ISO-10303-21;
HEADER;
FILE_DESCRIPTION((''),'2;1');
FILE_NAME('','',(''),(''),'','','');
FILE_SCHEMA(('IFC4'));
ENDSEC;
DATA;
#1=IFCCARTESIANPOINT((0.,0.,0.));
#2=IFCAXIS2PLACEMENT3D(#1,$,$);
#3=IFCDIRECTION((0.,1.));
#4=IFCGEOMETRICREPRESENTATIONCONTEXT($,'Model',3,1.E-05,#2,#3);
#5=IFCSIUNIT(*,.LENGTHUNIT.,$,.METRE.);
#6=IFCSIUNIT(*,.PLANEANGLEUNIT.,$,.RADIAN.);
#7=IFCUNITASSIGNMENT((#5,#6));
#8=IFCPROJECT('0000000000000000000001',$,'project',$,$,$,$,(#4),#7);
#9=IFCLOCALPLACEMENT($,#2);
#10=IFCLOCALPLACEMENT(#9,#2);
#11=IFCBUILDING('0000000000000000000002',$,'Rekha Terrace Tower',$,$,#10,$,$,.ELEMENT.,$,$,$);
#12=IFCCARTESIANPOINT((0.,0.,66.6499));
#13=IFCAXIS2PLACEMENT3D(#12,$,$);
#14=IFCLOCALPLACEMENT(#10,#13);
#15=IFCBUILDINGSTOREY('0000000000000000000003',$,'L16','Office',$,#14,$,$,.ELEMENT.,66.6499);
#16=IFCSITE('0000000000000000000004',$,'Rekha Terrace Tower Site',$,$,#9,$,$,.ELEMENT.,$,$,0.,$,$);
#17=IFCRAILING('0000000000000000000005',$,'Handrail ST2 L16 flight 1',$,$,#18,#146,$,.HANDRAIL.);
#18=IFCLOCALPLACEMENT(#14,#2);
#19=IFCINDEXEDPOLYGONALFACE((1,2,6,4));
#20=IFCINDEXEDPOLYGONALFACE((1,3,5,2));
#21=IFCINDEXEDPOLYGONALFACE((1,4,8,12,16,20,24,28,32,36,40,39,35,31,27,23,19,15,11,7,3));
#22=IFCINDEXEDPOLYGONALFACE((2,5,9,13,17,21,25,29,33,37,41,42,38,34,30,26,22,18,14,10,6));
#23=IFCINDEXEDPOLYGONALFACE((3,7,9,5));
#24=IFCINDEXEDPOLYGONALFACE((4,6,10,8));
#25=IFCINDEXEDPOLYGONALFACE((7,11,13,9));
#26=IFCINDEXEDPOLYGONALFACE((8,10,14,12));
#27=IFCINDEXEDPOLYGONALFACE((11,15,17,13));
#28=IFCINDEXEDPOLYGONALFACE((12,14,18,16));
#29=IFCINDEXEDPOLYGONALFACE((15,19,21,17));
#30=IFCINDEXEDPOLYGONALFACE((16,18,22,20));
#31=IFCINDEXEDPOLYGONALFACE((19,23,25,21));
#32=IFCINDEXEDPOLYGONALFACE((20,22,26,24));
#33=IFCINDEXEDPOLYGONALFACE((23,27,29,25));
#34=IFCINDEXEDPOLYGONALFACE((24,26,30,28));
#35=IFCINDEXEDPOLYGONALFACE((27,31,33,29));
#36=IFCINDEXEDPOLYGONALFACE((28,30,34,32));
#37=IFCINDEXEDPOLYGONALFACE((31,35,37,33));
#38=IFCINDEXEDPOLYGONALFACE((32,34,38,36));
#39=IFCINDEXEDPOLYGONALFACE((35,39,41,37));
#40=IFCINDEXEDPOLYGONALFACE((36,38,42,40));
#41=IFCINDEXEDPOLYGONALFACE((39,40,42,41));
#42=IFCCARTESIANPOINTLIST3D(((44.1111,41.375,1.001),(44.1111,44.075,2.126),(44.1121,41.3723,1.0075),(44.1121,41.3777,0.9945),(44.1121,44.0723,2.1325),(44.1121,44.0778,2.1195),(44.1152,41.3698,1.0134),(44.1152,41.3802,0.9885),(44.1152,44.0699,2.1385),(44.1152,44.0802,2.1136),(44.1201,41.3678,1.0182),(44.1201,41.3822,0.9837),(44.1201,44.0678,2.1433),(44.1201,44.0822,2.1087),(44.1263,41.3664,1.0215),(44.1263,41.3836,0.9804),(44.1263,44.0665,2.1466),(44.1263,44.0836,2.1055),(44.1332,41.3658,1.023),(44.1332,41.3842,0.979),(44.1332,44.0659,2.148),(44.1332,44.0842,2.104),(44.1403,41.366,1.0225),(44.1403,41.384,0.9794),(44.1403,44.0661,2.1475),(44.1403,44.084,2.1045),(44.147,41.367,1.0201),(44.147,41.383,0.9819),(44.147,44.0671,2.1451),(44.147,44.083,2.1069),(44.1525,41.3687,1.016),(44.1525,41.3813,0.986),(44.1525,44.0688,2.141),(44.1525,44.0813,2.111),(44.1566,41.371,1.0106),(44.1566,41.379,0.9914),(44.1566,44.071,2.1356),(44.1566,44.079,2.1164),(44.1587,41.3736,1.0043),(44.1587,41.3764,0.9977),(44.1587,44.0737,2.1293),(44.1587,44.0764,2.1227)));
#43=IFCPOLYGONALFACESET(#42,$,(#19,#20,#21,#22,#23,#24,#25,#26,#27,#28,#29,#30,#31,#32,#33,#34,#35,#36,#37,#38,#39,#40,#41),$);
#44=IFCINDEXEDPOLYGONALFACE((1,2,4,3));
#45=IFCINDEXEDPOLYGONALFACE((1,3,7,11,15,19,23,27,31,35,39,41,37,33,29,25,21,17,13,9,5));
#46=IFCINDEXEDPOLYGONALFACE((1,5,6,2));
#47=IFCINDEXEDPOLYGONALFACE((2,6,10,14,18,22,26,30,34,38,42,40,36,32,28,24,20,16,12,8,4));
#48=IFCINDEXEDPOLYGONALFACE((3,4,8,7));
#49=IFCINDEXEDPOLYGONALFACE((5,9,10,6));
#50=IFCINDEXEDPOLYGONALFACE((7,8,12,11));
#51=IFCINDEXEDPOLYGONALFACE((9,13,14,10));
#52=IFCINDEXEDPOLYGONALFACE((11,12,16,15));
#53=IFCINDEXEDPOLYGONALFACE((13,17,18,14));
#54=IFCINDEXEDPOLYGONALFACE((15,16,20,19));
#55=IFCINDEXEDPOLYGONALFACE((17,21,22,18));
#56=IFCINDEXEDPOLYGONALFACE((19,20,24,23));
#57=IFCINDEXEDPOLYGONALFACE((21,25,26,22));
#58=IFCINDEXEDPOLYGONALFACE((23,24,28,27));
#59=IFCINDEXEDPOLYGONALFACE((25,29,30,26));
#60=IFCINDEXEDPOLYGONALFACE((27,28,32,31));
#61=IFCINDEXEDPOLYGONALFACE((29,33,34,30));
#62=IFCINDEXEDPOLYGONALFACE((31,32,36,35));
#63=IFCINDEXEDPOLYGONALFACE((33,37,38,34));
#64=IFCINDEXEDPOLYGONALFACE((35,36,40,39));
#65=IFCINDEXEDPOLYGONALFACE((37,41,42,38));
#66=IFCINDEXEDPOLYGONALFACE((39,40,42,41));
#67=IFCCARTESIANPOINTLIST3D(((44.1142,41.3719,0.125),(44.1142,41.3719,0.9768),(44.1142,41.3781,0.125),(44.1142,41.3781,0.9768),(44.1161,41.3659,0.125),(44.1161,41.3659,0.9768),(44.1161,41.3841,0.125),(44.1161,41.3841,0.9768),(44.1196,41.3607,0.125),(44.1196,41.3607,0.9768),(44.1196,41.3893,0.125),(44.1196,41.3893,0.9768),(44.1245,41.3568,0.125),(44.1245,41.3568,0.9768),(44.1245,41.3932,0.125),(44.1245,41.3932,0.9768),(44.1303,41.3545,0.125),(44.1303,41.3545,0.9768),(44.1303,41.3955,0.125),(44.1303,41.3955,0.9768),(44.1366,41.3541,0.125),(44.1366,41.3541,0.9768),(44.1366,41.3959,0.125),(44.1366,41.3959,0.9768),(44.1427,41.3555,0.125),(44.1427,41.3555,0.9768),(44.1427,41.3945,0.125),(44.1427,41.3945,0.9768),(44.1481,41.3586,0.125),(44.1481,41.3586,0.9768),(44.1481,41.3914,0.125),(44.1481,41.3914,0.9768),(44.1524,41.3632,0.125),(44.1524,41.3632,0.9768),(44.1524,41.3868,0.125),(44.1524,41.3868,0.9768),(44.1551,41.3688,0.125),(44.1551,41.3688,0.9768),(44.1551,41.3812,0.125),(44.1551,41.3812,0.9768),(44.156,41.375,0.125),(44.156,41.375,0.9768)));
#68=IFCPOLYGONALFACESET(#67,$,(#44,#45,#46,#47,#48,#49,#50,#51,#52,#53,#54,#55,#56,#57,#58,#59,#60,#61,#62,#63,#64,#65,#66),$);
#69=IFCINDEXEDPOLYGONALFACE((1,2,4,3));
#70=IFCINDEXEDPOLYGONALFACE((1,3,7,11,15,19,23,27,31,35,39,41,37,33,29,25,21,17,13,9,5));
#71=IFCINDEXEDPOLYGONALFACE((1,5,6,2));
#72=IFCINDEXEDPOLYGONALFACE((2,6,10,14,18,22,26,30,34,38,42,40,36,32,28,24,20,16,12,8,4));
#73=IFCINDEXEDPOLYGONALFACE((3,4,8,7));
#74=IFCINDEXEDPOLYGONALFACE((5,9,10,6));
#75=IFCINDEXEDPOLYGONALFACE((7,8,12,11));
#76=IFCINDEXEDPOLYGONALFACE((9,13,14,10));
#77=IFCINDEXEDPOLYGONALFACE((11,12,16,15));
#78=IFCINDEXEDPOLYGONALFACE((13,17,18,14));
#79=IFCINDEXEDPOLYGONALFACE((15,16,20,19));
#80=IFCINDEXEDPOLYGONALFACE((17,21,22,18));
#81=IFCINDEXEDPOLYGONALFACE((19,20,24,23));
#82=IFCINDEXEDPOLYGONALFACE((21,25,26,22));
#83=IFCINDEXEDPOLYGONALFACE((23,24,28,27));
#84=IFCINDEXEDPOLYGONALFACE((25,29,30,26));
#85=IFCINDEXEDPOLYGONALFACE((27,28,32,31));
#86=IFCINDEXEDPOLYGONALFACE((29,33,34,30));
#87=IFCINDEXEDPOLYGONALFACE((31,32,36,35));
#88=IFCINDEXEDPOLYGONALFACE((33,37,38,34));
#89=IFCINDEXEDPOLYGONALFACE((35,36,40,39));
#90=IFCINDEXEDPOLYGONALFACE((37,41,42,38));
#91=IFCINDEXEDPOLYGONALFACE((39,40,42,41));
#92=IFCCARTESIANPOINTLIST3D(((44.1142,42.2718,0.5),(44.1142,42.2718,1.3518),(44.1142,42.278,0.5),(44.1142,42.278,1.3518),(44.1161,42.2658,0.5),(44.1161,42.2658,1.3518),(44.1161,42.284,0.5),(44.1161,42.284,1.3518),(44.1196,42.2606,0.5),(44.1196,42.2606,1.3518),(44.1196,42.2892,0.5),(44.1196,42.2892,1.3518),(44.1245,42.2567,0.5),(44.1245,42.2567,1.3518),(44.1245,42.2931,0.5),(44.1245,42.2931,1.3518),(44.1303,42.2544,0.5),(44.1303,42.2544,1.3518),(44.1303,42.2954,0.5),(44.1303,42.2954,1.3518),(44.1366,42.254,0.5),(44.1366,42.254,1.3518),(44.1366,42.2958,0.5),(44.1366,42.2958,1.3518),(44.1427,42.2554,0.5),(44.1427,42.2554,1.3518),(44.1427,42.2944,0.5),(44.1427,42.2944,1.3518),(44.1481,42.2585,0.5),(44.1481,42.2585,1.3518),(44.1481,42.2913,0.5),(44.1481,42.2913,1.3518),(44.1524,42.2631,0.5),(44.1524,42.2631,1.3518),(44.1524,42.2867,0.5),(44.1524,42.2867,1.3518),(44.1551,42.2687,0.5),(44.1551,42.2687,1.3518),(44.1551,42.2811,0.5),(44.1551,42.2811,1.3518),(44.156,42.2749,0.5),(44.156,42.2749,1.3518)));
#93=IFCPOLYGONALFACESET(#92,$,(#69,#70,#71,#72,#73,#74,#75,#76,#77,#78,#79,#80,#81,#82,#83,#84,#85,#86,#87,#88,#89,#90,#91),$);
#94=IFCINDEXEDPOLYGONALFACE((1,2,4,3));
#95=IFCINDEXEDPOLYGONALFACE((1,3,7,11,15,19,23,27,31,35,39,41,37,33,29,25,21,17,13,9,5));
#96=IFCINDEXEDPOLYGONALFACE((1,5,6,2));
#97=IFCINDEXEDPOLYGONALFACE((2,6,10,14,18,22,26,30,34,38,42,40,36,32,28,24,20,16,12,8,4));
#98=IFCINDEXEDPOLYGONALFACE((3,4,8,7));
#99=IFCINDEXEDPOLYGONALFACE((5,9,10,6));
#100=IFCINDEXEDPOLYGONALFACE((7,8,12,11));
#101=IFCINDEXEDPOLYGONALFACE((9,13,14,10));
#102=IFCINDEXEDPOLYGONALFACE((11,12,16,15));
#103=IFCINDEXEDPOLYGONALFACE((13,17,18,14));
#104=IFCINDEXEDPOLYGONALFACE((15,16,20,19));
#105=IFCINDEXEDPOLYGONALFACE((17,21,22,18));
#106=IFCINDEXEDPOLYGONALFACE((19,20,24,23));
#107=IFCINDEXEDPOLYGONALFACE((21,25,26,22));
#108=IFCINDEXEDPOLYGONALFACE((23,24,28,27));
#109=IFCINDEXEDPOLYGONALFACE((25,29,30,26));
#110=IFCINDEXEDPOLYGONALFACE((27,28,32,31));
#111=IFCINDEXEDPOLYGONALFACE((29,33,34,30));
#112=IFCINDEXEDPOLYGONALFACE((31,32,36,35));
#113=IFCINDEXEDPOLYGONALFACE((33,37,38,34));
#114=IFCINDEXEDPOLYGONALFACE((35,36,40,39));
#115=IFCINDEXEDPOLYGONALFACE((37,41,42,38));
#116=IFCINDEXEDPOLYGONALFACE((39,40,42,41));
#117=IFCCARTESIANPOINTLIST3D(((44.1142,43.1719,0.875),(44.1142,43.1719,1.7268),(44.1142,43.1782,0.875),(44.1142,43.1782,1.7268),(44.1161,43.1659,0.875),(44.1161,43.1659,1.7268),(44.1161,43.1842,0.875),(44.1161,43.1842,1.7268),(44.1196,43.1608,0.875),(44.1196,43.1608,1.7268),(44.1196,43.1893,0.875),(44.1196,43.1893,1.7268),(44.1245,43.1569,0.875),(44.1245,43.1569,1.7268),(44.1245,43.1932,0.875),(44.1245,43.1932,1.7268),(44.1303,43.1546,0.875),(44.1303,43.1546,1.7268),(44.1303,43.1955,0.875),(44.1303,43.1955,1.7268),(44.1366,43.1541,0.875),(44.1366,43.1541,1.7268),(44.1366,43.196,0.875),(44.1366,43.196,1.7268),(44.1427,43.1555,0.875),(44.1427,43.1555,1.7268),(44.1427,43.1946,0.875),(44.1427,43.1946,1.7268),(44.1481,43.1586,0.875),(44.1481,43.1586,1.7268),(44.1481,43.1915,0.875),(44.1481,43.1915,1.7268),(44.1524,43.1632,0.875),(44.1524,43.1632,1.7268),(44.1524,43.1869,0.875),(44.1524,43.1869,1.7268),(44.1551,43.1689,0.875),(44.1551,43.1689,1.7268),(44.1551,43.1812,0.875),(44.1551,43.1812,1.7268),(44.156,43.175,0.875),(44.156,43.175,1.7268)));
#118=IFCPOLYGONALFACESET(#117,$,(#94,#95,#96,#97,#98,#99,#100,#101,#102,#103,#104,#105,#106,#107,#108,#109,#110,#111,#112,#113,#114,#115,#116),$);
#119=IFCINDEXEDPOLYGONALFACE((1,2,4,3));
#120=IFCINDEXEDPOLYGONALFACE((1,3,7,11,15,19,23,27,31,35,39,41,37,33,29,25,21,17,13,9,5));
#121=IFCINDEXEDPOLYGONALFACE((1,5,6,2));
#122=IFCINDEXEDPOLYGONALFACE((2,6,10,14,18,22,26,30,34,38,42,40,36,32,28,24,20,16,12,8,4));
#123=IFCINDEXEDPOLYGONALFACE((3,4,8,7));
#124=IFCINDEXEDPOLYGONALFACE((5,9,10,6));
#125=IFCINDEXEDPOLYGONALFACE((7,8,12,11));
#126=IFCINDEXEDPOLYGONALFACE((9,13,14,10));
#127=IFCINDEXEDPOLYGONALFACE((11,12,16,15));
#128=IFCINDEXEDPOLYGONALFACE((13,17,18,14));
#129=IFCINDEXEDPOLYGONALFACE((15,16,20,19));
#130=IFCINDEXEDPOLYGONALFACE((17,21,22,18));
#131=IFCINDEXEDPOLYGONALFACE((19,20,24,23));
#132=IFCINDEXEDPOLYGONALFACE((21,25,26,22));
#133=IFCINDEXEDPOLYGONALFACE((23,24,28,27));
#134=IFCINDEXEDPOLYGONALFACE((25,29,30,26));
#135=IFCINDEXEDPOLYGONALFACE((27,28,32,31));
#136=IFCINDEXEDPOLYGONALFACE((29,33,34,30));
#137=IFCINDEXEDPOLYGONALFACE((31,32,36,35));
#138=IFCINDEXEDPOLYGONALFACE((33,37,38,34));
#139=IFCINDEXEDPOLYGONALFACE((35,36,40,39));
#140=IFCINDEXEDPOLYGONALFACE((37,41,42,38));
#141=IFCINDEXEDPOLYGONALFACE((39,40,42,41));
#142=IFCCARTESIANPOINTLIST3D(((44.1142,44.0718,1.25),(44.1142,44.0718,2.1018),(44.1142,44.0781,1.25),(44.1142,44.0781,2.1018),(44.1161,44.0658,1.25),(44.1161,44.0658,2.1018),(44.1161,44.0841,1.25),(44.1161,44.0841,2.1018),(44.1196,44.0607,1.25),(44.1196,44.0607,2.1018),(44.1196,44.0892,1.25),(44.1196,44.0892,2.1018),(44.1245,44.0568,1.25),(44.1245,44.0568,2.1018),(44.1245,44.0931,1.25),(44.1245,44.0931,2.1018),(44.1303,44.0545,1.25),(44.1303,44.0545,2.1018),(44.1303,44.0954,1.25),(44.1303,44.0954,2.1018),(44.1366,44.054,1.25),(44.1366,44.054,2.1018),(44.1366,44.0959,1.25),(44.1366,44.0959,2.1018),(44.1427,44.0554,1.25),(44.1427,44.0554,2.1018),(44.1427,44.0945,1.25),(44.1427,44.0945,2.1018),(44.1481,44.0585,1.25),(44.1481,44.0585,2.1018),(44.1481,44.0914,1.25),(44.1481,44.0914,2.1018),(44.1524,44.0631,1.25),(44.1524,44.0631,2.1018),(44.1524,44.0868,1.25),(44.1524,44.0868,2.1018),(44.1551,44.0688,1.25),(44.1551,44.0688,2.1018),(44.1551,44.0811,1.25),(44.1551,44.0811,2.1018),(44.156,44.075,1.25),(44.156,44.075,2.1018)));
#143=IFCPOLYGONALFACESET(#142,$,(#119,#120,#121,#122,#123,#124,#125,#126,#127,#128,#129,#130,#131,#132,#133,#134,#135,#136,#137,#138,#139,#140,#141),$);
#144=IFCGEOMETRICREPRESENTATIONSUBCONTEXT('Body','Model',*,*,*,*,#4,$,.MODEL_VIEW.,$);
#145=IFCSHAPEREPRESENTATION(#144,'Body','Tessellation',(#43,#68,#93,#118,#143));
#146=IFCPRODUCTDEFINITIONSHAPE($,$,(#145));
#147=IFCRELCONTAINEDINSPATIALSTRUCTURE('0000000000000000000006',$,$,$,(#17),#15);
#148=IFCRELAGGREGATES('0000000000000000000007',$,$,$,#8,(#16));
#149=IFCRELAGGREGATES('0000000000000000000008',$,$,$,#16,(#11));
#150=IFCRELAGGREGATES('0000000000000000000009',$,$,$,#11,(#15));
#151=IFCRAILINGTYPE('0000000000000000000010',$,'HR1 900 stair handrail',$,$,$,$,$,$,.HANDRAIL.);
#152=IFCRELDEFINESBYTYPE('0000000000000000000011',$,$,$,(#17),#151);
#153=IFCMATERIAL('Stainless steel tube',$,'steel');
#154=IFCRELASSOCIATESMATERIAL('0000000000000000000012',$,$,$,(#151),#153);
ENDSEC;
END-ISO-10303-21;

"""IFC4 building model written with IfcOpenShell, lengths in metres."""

from ifc_helpers import new_model, si_unit, direction, frame, origin, origin_2d, place, context, subcontext, project, spatial, circle, extrude, material, type_object, element, save


model = new_model("IFC4")

# Units and contexts
model_context = context("Model", 3, precision=1e-05, world=origin(), true_north=direction((0.0, 1.0)))
body_context = subcontext(model_context, "Body", "Model", "MODEL_VIEW")
ifc_project = project(units=[si_unit("LENGTHUNIT", "METRE"), si_unit("PLANEANGLEUNIT", "RADIAN")], contexts=[model_context])

# Site, building, storey
site_placement = place(None, origin())
site = spatial("IfcSite", under=ifc_project, at=site_placement, Name="Rekha Terrace Tower Site", CompositionType="ELEMENT", RefElevation=0.0)
building_placement = place(site_placement, origin())
building = spatial("IfcBuilding", under=site, at=building_placement, Name="Rekha Terrace Tower", CompositionType="ELEMENT")
storey_placement = place(building_placement, frame((0.0, 0.0, 66.6499)))
storey = spatial("IfcBuildingStorey", under=building, at=storey_placement, Name="L16", Description="Office", CompositionType="ELEMENT", Elevation=66.6499)

# Railing
ifc_material_1 = material(Name="Stainless steel tube", Category="steel")
railing_type_1 = type_object("IfcRailingType", Name="HR1 900 stair handrail", PredefinedType="HANDRAIL", material=ifc_material_1)
railing_1_placement = place(storey_placement, frame((44.135, 41.375, 0.125)))
element("IfcRailing", 1, at=railing_1_placement, inside=storey, type_object=railing_type_1, Name="Handrail ST2 L16 flight 1", PredefinedType="HANDRAIL", context=body_context, shape_type="SweptSolid", body=[
    extrude(circle(Radius=0.0239, at=origin_2d()), frame((0.0, 0.0, 0.876), z_axis=(0.0, 0.923074, 0.384621), x_axis=(-1.0, 0.0, 0.0)), (0.0, 0.0, 1.0), 2.925),
    extrude(circle(Radius=0.021, at=origin_2d()), origin(), (0.0, 0.0, 1.0), 0.8518),
    extrude(circle(Radius=0.021, at=origin_2d()), frame((0.0, 0.8999, 0.375)), (0.0, 0.0, 1.0), 0.8518),
    extrude(circle(Radius=0.021, at=origin_2d()), frame((0.0, 1.8, 0.75)), (0.0, 0.0, 1.0), 0.8518),
    extrude(circle(Radius=0.021, at=origin_2d()), frame((0.0, 2.7, 1.125)), (0.0, 0.0, 1.0), 0.8518),
])

save(model, "model.ifc")
